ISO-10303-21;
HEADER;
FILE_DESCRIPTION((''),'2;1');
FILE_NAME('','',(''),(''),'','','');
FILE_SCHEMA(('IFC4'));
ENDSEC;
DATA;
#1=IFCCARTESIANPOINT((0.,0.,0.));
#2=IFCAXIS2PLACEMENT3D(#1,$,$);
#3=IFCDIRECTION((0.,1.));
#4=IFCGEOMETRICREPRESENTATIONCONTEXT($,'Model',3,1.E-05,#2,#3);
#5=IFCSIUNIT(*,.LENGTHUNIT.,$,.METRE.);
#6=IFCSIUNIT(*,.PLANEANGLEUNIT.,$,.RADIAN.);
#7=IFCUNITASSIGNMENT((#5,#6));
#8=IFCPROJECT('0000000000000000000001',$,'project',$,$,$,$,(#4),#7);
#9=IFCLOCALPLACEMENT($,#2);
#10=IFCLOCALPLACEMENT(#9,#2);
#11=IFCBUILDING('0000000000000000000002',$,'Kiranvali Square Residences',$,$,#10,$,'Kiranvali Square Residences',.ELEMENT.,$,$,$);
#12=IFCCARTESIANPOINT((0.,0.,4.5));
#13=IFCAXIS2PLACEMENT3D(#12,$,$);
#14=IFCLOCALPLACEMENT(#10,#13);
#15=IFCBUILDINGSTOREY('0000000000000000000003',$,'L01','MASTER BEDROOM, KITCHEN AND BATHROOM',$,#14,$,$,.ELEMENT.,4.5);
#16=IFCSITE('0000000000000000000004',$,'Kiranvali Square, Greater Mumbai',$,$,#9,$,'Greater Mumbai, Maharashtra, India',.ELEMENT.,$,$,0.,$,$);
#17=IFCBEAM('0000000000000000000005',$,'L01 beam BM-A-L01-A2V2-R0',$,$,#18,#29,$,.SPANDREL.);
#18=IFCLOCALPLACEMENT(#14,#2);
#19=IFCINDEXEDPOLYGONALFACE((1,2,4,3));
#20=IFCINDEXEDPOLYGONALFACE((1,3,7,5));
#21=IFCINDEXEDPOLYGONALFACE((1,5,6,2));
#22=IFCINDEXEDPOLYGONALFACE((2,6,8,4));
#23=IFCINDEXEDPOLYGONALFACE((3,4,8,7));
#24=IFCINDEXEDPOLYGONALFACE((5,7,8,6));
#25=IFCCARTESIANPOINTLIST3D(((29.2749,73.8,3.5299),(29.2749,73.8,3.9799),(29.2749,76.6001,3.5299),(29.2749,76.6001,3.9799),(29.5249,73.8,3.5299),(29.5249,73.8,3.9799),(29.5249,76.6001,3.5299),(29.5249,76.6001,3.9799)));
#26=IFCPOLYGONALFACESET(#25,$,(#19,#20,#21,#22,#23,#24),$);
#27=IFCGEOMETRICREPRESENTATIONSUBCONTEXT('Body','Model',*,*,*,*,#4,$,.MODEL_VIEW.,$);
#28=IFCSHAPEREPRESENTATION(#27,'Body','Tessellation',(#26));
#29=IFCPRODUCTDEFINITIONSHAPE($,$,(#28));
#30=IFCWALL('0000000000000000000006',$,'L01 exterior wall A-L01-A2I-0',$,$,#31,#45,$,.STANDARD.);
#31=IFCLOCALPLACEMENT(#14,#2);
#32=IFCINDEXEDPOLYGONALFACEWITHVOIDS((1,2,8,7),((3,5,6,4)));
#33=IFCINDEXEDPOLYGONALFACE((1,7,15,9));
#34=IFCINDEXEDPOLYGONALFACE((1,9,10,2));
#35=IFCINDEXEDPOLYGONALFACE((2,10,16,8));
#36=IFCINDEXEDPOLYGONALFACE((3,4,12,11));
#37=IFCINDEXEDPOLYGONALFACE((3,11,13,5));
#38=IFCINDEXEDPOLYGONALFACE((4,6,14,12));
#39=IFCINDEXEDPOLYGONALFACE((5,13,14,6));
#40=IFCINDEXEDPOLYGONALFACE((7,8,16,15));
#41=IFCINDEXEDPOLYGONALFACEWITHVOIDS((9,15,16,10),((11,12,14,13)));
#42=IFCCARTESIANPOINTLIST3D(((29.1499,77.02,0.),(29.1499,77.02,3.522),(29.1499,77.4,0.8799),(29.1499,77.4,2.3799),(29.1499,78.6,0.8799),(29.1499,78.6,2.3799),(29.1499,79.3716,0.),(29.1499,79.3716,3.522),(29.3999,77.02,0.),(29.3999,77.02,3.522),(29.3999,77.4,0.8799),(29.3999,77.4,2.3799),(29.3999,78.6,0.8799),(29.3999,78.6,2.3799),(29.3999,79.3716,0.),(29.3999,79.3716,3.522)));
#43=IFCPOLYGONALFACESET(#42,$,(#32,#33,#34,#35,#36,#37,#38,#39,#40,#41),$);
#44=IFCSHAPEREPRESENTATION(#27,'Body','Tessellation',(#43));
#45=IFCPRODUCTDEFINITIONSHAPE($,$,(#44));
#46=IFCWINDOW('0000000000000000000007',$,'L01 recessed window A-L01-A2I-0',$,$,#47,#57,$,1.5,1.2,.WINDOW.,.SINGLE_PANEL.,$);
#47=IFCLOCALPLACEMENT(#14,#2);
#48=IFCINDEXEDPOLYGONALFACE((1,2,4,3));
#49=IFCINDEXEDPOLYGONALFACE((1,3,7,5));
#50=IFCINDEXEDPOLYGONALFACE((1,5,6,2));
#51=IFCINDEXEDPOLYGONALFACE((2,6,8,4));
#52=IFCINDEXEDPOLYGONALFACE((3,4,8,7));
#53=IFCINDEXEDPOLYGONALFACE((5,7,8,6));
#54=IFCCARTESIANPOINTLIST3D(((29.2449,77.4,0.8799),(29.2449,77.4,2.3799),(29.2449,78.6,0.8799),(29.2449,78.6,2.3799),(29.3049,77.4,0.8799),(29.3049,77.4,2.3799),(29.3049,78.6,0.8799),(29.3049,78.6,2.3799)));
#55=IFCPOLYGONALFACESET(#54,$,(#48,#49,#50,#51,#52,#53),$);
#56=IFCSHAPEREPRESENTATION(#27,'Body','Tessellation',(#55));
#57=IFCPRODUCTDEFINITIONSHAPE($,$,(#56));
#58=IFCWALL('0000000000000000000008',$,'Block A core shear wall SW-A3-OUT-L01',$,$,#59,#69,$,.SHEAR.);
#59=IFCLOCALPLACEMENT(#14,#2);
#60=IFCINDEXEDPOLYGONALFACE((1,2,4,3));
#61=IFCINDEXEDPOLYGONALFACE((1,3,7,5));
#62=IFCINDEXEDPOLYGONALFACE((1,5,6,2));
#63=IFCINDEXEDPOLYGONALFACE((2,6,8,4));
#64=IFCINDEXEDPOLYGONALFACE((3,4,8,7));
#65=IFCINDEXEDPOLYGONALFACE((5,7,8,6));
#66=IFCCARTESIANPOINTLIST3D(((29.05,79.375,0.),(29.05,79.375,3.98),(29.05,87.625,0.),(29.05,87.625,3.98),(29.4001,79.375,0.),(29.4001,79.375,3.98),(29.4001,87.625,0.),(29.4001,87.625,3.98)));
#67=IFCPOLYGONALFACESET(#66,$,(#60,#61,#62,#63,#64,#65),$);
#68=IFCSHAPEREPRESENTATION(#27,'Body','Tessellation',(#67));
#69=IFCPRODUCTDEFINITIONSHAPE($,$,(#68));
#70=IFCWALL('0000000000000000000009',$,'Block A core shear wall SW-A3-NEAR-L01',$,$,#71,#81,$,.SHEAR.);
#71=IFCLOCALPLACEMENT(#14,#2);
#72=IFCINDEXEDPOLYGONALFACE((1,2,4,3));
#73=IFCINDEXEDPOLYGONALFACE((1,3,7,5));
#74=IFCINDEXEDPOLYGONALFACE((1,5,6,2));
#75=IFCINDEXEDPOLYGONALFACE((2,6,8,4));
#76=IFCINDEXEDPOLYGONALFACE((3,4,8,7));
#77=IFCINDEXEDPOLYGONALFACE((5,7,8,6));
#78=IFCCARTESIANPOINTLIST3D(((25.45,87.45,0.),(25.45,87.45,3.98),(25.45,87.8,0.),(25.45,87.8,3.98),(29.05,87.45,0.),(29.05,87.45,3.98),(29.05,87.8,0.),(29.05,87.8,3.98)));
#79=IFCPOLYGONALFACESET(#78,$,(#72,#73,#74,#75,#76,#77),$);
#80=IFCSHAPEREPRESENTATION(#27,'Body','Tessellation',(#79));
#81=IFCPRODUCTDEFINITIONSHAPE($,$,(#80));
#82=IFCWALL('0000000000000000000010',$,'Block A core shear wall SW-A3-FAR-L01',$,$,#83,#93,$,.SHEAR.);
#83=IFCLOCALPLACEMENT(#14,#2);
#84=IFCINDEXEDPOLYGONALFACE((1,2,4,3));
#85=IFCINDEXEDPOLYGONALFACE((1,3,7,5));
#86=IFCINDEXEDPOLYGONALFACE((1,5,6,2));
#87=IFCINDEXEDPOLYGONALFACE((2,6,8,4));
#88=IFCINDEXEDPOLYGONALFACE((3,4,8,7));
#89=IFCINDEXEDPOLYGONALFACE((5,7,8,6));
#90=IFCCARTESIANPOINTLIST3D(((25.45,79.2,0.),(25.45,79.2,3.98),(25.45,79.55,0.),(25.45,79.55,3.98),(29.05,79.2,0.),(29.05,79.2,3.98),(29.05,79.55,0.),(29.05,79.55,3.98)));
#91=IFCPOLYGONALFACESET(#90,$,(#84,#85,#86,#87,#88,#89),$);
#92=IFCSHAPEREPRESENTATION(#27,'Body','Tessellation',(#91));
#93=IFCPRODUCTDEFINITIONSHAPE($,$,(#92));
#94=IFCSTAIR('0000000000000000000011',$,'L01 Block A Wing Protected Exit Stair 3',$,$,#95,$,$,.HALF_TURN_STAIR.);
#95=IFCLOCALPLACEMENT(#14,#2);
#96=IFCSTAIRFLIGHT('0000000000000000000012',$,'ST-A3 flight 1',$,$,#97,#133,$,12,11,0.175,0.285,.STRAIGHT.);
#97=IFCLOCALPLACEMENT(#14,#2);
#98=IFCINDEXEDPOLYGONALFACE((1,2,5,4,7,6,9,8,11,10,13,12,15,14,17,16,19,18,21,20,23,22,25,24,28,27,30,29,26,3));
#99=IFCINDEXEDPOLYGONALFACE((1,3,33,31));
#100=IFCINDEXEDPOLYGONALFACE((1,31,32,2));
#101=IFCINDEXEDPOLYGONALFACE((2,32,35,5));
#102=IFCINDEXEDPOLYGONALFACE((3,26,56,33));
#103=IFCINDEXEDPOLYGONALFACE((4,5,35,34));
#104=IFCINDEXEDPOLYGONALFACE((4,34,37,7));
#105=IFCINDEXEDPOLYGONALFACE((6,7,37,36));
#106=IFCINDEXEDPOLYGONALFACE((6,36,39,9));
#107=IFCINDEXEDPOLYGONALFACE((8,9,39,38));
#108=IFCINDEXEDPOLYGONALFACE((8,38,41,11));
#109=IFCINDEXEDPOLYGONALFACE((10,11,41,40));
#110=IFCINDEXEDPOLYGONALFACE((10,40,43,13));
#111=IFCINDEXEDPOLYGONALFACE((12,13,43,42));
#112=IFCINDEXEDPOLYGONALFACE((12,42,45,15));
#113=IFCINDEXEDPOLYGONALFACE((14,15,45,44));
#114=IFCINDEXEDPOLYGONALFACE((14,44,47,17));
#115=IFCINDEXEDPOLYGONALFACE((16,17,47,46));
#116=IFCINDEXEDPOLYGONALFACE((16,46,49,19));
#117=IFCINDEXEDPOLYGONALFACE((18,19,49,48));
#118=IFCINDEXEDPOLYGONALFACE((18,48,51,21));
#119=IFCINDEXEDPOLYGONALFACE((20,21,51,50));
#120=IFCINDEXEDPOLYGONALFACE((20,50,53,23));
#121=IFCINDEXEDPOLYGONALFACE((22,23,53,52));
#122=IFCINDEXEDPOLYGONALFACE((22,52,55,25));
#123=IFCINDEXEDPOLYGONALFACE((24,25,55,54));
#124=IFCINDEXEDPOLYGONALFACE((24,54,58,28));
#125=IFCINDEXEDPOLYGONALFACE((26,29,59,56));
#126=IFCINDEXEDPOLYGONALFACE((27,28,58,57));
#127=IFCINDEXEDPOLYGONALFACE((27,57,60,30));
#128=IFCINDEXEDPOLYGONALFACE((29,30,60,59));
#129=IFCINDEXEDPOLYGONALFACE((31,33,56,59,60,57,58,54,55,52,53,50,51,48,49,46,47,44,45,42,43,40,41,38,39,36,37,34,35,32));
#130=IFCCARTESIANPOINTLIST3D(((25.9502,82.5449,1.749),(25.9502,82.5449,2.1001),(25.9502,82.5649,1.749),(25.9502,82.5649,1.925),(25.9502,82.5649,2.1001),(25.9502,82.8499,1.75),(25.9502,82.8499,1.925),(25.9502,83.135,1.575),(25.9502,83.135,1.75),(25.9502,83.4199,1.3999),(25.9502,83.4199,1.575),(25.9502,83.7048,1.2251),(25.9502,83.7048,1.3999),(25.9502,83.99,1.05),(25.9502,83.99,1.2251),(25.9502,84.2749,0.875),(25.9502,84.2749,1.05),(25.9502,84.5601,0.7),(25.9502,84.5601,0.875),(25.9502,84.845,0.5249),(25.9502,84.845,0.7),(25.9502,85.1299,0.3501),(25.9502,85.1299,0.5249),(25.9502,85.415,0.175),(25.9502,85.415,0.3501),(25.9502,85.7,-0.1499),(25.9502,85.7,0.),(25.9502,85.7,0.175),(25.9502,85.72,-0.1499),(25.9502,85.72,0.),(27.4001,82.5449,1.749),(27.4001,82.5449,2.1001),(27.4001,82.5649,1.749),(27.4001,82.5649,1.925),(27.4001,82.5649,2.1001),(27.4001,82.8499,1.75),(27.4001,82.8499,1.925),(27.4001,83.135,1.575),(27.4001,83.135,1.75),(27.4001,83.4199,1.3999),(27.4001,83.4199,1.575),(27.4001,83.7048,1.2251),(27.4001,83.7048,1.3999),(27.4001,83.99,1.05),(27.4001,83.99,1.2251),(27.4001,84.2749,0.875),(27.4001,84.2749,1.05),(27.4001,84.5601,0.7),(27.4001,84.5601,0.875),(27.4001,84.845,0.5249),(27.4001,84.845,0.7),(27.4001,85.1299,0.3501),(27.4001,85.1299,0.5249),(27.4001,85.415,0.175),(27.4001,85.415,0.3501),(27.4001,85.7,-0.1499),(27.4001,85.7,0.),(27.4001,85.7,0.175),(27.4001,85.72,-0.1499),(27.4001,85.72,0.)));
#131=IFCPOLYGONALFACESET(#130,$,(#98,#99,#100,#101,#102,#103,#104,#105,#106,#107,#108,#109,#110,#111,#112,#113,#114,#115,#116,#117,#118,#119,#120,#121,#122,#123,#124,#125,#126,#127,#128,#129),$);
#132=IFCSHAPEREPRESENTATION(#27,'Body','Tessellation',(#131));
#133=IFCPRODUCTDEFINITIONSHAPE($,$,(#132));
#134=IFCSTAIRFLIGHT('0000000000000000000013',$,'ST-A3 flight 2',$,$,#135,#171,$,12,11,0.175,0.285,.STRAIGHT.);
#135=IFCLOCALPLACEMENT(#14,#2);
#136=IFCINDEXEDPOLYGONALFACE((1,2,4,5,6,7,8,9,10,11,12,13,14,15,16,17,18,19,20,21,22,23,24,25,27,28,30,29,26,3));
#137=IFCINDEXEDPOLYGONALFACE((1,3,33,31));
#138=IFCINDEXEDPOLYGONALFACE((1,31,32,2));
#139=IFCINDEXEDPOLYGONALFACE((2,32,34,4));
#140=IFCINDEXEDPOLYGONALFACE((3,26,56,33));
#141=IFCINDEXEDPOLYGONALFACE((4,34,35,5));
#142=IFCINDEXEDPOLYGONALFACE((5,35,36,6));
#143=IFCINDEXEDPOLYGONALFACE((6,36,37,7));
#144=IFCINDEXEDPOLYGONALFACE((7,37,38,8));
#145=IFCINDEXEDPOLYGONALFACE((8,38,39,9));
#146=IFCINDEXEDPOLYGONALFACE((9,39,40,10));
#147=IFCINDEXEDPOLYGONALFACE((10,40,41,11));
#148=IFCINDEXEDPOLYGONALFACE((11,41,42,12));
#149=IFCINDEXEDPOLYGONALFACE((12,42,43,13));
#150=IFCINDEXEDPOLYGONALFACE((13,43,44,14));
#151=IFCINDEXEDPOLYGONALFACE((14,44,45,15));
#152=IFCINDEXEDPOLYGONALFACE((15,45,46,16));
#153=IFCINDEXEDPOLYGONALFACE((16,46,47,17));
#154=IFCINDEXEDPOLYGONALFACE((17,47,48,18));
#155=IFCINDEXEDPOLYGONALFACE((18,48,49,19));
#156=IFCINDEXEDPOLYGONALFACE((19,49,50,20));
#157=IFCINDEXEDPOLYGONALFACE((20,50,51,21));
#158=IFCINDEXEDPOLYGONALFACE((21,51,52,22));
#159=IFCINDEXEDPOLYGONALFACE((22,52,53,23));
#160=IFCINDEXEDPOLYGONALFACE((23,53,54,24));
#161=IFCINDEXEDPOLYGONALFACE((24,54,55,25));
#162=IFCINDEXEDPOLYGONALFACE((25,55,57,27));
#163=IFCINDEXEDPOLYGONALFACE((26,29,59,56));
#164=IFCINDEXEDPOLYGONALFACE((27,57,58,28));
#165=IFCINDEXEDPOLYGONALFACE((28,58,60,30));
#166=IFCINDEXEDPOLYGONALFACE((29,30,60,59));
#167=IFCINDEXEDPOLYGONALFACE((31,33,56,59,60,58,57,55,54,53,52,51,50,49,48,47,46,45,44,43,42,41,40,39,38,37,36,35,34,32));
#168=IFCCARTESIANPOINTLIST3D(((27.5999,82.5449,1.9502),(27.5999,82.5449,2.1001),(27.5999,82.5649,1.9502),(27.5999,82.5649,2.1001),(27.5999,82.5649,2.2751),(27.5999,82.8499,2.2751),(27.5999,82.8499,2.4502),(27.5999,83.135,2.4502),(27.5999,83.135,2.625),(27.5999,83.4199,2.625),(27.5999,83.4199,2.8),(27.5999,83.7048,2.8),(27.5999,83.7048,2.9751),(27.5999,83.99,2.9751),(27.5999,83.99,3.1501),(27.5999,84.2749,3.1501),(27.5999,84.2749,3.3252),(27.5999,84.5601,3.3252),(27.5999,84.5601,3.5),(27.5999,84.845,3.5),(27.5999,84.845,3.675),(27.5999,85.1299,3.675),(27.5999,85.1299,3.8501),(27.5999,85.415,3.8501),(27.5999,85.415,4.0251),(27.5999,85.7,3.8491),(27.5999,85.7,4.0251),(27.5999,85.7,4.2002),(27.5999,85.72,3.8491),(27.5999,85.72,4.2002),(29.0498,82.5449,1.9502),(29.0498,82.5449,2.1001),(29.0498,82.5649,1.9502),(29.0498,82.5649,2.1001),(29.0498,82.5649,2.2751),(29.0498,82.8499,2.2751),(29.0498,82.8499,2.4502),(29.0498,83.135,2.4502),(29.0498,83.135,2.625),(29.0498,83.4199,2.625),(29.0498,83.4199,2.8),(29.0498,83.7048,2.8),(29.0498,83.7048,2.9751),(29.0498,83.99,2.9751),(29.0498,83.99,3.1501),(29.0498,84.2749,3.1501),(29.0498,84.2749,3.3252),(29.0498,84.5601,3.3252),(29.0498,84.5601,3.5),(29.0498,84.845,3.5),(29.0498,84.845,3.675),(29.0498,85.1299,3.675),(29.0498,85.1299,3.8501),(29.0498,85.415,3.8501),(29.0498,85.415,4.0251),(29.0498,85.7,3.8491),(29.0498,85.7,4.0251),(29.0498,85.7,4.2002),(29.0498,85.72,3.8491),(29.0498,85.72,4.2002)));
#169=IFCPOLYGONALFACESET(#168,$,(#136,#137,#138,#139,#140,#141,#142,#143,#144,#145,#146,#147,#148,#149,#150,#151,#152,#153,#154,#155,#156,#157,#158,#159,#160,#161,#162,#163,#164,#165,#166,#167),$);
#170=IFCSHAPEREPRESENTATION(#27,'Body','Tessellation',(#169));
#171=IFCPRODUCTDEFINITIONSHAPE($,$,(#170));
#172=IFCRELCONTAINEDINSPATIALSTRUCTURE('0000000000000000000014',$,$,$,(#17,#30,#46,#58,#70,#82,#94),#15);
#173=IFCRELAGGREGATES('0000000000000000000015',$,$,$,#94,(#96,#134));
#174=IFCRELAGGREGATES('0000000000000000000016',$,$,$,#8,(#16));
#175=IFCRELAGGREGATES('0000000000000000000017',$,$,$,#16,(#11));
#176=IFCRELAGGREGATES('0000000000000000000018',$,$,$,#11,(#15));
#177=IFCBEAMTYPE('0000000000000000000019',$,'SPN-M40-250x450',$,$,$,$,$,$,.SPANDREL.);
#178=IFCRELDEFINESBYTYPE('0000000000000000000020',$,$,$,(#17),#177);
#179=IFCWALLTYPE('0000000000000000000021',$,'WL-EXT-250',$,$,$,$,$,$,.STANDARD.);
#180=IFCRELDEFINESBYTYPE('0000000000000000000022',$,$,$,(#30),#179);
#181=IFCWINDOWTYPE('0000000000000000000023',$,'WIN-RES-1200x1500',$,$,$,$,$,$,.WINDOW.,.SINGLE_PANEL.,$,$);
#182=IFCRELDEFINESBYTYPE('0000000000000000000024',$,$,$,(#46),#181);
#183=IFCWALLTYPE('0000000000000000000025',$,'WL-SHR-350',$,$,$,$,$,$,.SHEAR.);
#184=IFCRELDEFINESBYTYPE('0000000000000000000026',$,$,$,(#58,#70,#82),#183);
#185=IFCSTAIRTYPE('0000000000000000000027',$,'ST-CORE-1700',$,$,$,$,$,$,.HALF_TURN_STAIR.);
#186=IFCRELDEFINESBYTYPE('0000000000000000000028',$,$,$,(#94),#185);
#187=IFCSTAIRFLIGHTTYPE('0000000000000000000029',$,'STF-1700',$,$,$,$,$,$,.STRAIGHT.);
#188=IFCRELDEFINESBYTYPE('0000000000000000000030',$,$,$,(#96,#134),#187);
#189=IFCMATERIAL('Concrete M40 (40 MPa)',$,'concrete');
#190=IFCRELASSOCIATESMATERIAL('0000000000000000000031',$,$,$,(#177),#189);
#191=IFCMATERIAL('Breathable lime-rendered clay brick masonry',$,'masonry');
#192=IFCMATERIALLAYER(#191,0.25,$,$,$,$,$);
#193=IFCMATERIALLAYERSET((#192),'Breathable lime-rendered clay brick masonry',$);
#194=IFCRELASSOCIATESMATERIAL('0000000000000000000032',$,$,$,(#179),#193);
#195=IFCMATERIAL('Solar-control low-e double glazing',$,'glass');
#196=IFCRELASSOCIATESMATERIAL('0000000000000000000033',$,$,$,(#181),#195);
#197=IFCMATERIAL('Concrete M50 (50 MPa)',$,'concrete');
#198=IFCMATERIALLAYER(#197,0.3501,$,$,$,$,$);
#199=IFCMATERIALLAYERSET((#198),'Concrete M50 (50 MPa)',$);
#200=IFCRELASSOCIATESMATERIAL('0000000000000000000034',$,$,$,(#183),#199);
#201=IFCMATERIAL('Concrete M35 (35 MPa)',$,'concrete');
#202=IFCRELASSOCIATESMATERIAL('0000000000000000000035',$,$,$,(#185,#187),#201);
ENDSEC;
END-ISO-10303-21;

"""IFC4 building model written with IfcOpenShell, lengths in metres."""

from ifc_helpers import new_model, si_unit, direction, frame, frame_2d, origin, origin_2d, place, context, subcontext, project, spatial, polyline, rectangle, outline, extrude, material, layer, layer_set, material_profile, profile_set, type_object, element, fill, aggregate, save


model = new_model("IFC4")

# Units and contexts
model_context = context("Model", 3, precision=1e-05, world=origin(), true_north=direction((0.0, 1.0)))
body_context = subcontext(model_context, "Body", "Model", "MODEL_VIEW")
ifc_project = project(units=[si_unit("LENGTHUNIT", "METRE"), si_unit("PLANEANGLEUNIT", "RADIAN")], contexts=[model_context])

# Site, building, storey
site_placement = place(None, origin())
site = spatial("IfcSite", under=ifc_project, at=site_placement, Name="Kiranvali Square, Greater Mumbai", LongName="Greater Mumbai, Maharashtra, India", CompositionType="ELEMENT", RefElevation=0.0)
building_placement = place(site_placement, origin())
building = spatial("IfcBuilding", under=site, at=building_placement, Name="Kiranvali Square Residences", LongName="Kiranvali Square Residences", CompositionType="ELEMENT")
storey_placement = place(building_placement, frame((0.0, 0.0, 4.5)))
storey = spatial("IfcBuildingStorey", under=building, at=storey_placement, Name="L01", Description="MASTER BEDROOM, KITCHEN AND BATHROOM", CompositionType="ELEMENT", Elevation=4.5)

# Beam
ifc_material_1 = material(Name="Concrete M40 (40 MPa)", Category="concrete")
ifc_material_profile = material_profile(ifc_material_1, rectangle(XDim=0.25, YDim=0.45, at=origin_2d()), Name="RC 250x450")
ifc_profile_set = profile_set([ifc_material_profile], Name="Concrete M40 (40 MPa)")
beam_type = type_object("IfcBeamType", Name="SPN-M40-250x450", PredefinedType="SPANDREL", material=ifc_profile_set)
beam_placement = place(storey_placement, frame((29.3999, 76.6001, 3.7549), z_axis=(0.0, -1.0, 0.0), x_axis=(1.0, 0.0, 0.0)))
element("IfcBeam", 1, at=beam_placement, inside=storey, type_object=beam_type, Name="L01 beam BM-A-L01-A2V2-R0", PredefinedType="SPANDREL", context=body_context, shape_type="SweptSolid", body=[
    extrude(rectangle(XDim=0.25, YDim=0.45, at=origin_2d()), origin(), (0.0, 0.0, 1.0), 2.8),
])

# Wall, opening, window
ifc_material_2 = material(Name="Breathable lime-rendered clay brick masonry", Category="masonry")
ifc_layer_1 = layer(ifc_material_2, 0.25)
ifc_layer_set_1 = layer_set([ifc_layer_1], Name="Breathable lime-rendered clay brick masonry")
wall_type_1 = type_object("IfcWallType", Name="WL-EXT-250", PredefinedType="STANDARD", material=ifc_layer_set_1)
wall_1_placement = place(storey_placement, frame((29.2749, 79.3716, 0.0), z_axis=(0.0, 0.0, 1.0), x_axis=(0.0, -1.0, 0.0)))
wall_1 = element("IfcWall", 2, at=wall_1_placement, inside=storey, type_object=wall_type_1, Name="L01 exterior wall A-L01-A2I-0", PredefinedType="STANDARD", context=body_context, shape_type="SweptSolid", body=[
    extrude(rectangle(XDim=2.3516, YDim=0.25, at=frame_2d((1.1758, 0.0))), origin(), (0.0, 0.0, 1.0), 3.522),
])
opening_1_placement = place(wall_1_placement, frame((0.7715, 0.0, 0.8799)))
opening_1 = element("IfcOpeningElement", 3, at=opening_1_placement, cuts=wall_1, PredefinedType="OPENING", context=body_context, shape_type="SweptSolid", body=[
    extrude(rectangle(XDim=1.2, YDim=1.5, at=frame_2d((0.6001, 0.75))), frame((0.0, 0.135, 0.0), z_axis=(0.0, -1.0, 0.0), x_axis=(1.0, 0.0, 0.0)), (0.0, 0.0, 1.0), 0.27),
])
ifc_material_3 = material(Name="Solar-control low-e double glazing", Category="glass")
window_type = type_object("IfcWindowType", Name="WIN-RES-1200x1500", PartitioningType="SINGLE_PANEL", PredefinedType="WINDOW", material=ifc_material_3)
window_placement = place(opening_1_placement, origin())
window = element("IfcWindow", 4, at=window_placement, inside=storey, type_object=window_type, Name="L01 recessed window A-L01-A2I-0", OverallHeight=1.5, OverallWidth=1.2, PartitioningType="SINGLE_PANEL", PredefinedType="WINDOW", context=body_context, shape_type="SweptSolid", body=[
    extrude(rectangle(XDim=1.2, YDim=1.5, at=frame_2d((0.6001, 0.75))), frame((0.0, 0.03, 0.0), z_axis=(0.0, -1.0, 0.0), x_axis=(1.0, 0.0, 0.0)), (0.0, 0.0, 1.0), 0.0601),
])
fill(opening_1, window)

# Wall
ifc_material_4 = material(Name="Concrete M50 (50 MPa)", Category="concrete")
ifc_layer_2 = layer(ifc_material_4, 0.3501)
ifc_layer_set_2 = layer_set([ifc_layer_2], Name="Concrete M50 (50 MPa)")
wall_type_2 = type_object("IfcWallType", Name="WL-SHR-350", PredefinedType="SHEAR", material=ifc_layer_set_2)
wall_2_placement = place(storey_placement, frame((29.2251, 87.625, 0.0), z_axis=(0.0, 0.0, 1.0), x_axis=(0.0, -1.0, 0.0)))
element("IfcWall", 5, at=wall_2_placement, inside=storey, type_object=wall_type_2, Name="Block A core shear wall SW-A3-OUT-L01", PredefinedType="SHEAR", context=body_context, shape_type="SweptSolid", body=[
    extrude(rectangle(XDim=8.25, YDim=0.3501, at=frame_2d((4.125, 0.0))), origin(), (0.0, 0.0, 1.0), 3.98),
])

# Walls
for number, where, z_axis, x_axis, name in (
    (6, (29.05, 87.625, 0.0), (0.0, 0.0, 1.0), (-1.0, 0.0, 0.0), "Block A core shear wall SW-A3-NEAR-L01"),
    (7, (29.05, 79.375, 0.0), (0.0, 0.0, 1.0), (-1.0, 0.0, 0.0), "Block A core shear wall SW-A3-FAR-L01"),
):
    element("IfcWall", number, at=place(storey_placement, frame(where, z_axis=z_axis, x_axis=x_axis)), inside=storey, type_object=wall_type_2, Name=name, PredefinedType="SHEAR", context=body_context, shape_type="SweptSolid", body=[
        extrude(rectangle(XDim=3.6001, YDim=0.3501, at=frame_2d((1.8, 0.0))), origin(), (0.0, 0.0, 1.0), 3.98),
    ])

# Stair, stair flights
ifc_material_5 = material(Name="Concrete M35 (35 MPa)", Category="concrete")
stair_type = type_object("IfcStairType", Name="ST-CORE-1700", PredefinedType="HALF_TURN_STAIR", material=ifc_material_5)
stair_placement = place(storey_placement, origin())
stair = element("IfcStair", 8, at=stair_placement, inside=storey, type_object=stair_type, Name="L01 Block A Wing Protected Exit Stair 3", PredefinedType="HALF_TURN_STAIR")
stair_flight_type = type_object("IfcStairFlightType", Name="STF-1700", PredefinedType="STRAIGHT", material=ifc_material_5)
stair_flight_1_placement = place(storey_placement, frame((26.675, 85.7, 0.0), z_axis=(0.0, 0.0, 1.0), x_axis=(0.0, -1.0, 0.0)))
stair_flight_1 = element("IfcStairFlight", 9, at=stair_flight_1_placement, type_object=stair_flight_type, Name="ST-A3 flight 1", NumberOfRisers=12, NumberOfTreads=11, PredefinedType="STRAIGHT", RiserHeight=0.175, TreadLength=0.285, context=body_context, shape_type="SweptSolid", body=[
    extrude(outline(polyline([(-0.02, -0.1499), (-0.02, 0.0), (0.0, 0.0), (0.0, 0.175), (0.2849, 0.175), (0.2849, 0.3501), (0.5701, 0.3501), (0.5701, 0.5249), (0.855, 0.5249), (0.855, 0.7), (1.1399, 0.7), (1.1399, 0.875), (1.425, 0.875), (1.425, 1.05), (1.71, 1.05), (1.71, 1.2251), (1.9951, 1.2251), (1.9951, 1.3999), (2.28, 1.3999), (2.28, 1.575), (2.5649, 1.575), (2.5649, 1.75), (2.8501, 1.75), (2.8501, 1.925), (3.135, 1.925), (3.135, 2.1001), (3.155, 2.1001), (3.155, 1.749), (3.135, 1.749), (0.0, -0.1499), (-0.02, -0.1499)])), frame((0.0, 0.7251, 0.0), z_axis=(0.0, -1.0, 0.0), x_axis=(1.0, 0.0, 0.0)), (0.0, 0.0, 1.0), 1.45),
])
stair_flight_2_placement = place(storey_placement, frame((28.325, 82.5649, 2.1001), z_axis=(0.0, 0.0, 1.0), x_axis=(0.0, 1.0, 0.0)))
stair_flight_2 = element("IfcStairFlight", 10, at=stair_flight_2_placement, type_object=stair_flight_type, Name="ST-A3 flight 2", NumberOfRisers=12, NumberOfTreads=11, PredefinedType="STRAIGHT", RiserHeight=0.175, TreadLength=0.285, context=body_context, shape_type="SweptSolid", body=[
    extrude(outline(polyline([(-0.02, -0.1499), (-0.02, 0.0), (0.0, 0.0), (0.0, 0.175), (0.2849, 0.175), (0.2849, 0.3501), (0.5701, 0.3501), (0.5701, 0.5249), (0.855, 0.5249), (0.855, 0.7), (1.1399, 0.7), (1.1399, 0.875), (1.425, 0.875), (1.425, 1.05), (1.71, 1.05), (1.71, 1.2251), (1.9951, 1.2251), (1.9951, 1.3999), (2.28, 1.3999), (2.28, 1.575), (2.5649, 1.575), (2.5649, 1.75), (2.8501, 1.75), (2.8501, 1.925), (3.135, 1.925), (3.135, 2.1001), (3.155, 2.1001), (3.155, 1.749), (3.135, 1.749), (0.0, -0.1499), (-0.02, -0.1499)])), frame((0.0, 0.7251, 0.0), z_axis=(0.0, -1.0, 0.0), x_axis=(1.0, 0.0, 0.0)), (0.0, 0.0, 1.0), 1.45),
])
aggregate(stair, [stair_flight_1, stair_flight_2])

save(model, "model.ifc")
